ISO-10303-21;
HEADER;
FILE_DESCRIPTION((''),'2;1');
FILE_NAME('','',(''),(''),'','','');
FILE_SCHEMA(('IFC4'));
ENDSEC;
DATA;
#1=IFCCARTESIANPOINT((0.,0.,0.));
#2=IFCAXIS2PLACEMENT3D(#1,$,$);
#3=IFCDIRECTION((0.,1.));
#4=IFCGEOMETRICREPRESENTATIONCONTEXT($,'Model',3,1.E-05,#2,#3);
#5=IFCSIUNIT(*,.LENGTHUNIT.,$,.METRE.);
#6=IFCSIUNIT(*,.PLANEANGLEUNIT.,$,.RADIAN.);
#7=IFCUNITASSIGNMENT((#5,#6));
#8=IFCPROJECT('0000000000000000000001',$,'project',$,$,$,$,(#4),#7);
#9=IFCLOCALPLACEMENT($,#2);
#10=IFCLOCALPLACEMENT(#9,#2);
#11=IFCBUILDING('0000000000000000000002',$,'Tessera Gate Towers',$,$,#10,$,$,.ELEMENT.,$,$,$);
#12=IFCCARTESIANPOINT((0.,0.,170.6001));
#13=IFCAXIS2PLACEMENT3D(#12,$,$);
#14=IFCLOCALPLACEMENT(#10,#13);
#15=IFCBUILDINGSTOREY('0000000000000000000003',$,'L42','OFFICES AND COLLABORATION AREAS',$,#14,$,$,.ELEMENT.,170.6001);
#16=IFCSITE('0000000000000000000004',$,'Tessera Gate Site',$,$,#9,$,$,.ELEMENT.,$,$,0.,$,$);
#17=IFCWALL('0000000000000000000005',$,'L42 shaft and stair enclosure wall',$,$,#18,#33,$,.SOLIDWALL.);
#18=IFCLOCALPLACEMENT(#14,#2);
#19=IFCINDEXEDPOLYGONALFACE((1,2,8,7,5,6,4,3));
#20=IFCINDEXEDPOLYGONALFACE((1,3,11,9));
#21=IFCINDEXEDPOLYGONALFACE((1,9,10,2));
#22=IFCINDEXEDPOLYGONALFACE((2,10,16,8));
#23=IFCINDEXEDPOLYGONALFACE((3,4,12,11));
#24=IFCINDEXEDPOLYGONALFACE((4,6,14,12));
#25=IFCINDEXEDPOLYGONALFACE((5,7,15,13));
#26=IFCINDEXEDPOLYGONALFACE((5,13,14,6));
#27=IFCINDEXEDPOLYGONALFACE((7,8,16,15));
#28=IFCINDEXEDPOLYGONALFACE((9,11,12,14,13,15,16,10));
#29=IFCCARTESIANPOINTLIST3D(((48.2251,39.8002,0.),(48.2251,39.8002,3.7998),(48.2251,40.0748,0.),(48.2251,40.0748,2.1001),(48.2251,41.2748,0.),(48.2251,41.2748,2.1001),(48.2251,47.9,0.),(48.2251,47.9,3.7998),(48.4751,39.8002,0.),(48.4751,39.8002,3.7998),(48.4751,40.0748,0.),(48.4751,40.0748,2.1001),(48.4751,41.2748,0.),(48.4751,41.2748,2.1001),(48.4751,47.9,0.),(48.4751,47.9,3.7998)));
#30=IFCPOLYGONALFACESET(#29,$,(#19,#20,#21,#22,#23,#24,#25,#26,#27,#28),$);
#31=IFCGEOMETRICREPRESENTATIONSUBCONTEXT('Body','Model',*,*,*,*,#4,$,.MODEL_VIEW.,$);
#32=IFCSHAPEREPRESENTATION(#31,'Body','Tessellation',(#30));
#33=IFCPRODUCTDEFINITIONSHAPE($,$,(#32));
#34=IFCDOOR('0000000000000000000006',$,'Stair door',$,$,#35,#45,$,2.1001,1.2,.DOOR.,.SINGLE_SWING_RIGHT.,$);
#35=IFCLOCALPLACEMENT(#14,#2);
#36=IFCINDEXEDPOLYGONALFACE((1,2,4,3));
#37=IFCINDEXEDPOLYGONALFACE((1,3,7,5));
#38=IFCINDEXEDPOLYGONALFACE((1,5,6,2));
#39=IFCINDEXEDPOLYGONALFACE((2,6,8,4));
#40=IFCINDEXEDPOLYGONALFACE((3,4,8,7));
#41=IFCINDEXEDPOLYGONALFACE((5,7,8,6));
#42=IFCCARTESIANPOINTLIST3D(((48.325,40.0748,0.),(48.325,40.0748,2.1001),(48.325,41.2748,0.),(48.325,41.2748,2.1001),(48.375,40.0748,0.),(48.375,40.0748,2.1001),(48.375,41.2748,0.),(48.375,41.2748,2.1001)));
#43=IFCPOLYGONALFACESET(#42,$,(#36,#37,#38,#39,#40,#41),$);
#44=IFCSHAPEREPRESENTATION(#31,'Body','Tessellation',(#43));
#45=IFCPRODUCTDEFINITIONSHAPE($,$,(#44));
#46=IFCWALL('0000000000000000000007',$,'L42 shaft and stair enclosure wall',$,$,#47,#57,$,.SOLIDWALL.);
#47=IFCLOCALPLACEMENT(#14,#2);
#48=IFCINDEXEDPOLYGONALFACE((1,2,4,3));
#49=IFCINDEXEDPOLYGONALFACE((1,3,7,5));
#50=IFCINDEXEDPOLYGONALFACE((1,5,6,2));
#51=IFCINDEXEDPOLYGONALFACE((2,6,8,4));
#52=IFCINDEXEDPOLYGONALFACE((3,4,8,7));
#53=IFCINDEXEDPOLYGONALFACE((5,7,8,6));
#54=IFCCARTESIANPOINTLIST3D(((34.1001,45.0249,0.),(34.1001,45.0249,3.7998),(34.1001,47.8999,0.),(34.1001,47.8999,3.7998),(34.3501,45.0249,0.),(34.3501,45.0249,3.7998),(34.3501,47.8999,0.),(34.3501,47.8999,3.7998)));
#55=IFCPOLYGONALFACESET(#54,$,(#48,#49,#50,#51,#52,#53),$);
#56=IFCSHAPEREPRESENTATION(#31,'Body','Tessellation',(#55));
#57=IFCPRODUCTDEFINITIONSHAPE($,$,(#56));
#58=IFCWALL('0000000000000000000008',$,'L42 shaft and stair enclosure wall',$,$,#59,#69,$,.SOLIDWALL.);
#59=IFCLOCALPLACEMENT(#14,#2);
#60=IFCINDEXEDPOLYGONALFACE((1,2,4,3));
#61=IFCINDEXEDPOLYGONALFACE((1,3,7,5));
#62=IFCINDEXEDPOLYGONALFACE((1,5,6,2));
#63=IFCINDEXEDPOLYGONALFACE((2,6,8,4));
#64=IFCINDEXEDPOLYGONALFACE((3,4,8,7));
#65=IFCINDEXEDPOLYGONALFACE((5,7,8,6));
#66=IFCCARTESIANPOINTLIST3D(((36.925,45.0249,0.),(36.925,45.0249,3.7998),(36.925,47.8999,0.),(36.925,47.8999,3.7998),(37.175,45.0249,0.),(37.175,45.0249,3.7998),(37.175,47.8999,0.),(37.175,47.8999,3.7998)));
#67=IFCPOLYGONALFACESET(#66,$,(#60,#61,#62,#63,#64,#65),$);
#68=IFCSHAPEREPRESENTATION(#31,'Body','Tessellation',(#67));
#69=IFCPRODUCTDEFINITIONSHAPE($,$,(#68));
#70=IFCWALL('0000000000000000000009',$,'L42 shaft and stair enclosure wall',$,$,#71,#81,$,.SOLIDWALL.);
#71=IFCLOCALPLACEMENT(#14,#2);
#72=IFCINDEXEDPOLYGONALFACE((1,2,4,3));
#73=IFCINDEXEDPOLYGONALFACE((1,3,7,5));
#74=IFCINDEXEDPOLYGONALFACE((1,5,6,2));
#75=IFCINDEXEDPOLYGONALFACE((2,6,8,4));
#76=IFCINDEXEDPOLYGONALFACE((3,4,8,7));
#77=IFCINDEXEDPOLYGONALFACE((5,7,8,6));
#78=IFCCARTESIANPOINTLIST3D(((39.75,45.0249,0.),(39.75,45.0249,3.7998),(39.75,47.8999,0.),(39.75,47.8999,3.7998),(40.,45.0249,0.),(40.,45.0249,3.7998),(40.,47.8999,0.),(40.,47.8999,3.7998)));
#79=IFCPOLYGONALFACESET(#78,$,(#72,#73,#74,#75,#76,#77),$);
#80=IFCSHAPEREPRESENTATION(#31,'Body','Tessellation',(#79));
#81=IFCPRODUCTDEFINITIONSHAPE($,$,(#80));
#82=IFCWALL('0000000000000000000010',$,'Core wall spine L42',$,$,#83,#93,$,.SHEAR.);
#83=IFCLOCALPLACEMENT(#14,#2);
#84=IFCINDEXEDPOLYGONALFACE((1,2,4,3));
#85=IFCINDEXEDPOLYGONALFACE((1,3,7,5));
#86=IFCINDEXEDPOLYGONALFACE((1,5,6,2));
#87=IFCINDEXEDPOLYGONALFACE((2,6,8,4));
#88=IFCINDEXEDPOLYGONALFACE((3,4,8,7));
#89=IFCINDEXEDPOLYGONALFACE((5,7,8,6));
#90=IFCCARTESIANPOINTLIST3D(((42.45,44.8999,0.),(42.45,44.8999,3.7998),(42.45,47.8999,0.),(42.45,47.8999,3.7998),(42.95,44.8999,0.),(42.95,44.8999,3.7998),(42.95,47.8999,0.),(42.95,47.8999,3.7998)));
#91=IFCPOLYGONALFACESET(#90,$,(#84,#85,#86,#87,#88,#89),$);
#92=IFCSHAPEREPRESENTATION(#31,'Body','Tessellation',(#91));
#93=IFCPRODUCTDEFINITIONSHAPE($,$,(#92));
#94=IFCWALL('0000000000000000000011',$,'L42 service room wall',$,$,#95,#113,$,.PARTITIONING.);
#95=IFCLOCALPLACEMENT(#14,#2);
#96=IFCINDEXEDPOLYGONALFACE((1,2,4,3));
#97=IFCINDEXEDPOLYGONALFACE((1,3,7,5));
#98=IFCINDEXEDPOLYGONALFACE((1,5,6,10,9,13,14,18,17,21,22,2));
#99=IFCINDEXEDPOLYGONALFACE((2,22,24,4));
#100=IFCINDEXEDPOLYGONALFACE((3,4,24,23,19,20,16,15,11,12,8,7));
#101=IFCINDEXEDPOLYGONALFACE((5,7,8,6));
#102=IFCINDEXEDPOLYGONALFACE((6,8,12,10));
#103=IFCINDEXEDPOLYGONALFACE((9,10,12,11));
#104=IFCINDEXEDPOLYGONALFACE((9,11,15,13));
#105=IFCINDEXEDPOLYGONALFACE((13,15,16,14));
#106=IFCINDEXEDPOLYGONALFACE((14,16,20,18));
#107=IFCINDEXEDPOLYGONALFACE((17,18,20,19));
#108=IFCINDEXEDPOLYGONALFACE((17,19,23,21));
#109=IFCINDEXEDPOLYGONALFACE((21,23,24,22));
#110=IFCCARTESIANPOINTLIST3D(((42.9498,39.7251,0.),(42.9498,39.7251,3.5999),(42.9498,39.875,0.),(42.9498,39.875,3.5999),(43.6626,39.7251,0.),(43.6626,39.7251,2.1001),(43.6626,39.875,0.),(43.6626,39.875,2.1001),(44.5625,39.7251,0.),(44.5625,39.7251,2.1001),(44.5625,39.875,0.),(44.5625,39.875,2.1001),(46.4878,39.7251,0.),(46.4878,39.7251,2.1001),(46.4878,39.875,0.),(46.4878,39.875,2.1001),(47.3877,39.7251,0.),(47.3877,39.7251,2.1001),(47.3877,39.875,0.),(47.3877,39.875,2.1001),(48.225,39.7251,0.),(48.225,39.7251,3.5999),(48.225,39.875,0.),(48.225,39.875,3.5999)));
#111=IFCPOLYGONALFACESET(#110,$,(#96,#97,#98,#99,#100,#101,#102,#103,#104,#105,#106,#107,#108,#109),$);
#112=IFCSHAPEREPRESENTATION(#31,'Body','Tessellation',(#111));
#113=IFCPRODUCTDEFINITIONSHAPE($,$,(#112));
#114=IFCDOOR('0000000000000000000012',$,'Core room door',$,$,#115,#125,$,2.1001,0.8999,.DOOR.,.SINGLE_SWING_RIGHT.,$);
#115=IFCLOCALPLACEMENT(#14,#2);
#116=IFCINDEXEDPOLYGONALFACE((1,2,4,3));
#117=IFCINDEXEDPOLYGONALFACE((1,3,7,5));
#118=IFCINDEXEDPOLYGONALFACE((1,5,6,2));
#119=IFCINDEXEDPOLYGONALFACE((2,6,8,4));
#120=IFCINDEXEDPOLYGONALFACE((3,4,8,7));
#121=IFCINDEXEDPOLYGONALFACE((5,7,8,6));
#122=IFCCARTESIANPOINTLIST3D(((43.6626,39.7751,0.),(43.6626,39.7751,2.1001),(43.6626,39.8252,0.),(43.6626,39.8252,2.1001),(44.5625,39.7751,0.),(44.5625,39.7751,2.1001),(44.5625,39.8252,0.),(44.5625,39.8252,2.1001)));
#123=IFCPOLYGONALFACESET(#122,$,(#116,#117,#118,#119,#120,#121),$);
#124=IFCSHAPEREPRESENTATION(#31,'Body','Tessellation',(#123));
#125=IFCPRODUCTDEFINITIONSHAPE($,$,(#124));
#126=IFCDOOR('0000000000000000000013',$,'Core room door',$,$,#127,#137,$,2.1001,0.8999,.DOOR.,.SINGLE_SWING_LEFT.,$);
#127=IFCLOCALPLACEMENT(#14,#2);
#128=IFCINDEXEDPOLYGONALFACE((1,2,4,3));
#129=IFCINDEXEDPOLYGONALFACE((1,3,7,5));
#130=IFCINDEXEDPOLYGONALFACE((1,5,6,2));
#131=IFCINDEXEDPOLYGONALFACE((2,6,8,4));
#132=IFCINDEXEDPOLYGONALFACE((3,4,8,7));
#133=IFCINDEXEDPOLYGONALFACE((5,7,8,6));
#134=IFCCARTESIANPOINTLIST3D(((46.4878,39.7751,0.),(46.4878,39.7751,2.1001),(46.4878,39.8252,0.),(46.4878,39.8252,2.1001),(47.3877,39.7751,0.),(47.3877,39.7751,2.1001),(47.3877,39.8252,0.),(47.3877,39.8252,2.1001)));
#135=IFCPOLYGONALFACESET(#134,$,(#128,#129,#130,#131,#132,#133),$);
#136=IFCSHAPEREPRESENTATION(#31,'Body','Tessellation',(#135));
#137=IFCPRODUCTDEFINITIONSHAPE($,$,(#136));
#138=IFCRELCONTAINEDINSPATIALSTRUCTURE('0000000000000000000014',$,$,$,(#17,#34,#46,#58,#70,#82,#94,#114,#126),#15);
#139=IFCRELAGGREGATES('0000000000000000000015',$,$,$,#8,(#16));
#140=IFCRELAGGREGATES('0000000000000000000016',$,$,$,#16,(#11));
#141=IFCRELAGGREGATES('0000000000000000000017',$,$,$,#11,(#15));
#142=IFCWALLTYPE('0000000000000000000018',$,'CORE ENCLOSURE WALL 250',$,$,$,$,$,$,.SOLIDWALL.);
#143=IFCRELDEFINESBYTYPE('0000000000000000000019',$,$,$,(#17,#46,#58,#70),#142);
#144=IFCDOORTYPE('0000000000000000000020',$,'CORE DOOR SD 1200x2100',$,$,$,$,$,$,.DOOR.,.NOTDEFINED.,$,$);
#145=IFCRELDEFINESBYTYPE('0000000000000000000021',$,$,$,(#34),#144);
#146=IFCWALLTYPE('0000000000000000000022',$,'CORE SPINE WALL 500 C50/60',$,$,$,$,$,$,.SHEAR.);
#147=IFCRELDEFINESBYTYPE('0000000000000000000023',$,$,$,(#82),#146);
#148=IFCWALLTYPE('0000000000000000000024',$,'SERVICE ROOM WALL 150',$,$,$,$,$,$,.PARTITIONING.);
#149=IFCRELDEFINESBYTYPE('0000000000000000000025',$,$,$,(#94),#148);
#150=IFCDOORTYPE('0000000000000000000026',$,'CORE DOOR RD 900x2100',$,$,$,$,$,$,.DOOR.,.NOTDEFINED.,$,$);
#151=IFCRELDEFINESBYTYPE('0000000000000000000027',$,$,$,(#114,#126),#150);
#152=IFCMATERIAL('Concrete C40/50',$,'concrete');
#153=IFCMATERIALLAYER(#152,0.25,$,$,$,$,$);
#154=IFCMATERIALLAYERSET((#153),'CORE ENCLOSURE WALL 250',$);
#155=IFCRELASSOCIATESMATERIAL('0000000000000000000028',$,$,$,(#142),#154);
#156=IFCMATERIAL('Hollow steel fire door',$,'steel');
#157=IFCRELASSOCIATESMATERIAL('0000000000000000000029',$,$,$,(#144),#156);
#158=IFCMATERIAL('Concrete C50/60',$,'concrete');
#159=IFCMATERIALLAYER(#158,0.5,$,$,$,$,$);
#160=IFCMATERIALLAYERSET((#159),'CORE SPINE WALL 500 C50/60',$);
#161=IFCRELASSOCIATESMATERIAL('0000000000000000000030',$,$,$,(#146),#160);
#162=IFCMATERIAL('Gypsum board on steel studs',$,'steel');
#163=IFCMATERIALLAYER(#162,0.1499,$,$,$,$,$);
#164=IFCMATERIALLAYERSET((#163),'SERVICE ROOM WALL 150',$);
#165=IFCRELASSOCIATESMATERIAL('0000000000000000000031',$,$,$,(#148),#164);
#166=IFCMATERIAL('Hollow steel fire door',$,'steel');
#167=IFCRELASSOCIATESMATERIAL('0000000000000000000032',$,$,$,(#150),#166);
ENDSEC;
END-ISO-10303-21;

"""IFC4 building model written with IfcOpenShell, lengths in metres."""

from ifc_helpers import new_model, si_unit, direction, frame, frame_2d, origin, place, context, subcontext, project, spatial, rectangle, extrude, source, transform, mapped, material, layer, layer_set, type_object, element, fill, save


model = new_model("IFC4")

# Units and contexts
model_context = context("Model", 3, precision=1e-05, world=origin(), true_north=direction((0.0, 1.0)))
body_context = subcontext(model_context, "Body", "Model", "MODEL_VIEW")
ifc_project = project(units=[si_unit("LENGTHUNIT", "METRE"), si_unit("PLANEANGLEUNIT", "RADIAN")], contexts=[model_context])

# Site, building, storey
site_placement = place(None, origin())
site = spatial("IfcSite", under=ifc_project, at=site_placement, Name="Tessera Gate Site", CompositionType="ELEMENT", RefElevation=0.0)
building_placement = place(site_placement, origin())
building = spatial("IfcBuilding", under=site, at=building_placement, Name="Tessera Gate Towers", CompositionType="ELEMENT")
storey_placement = place(building_placement, frame((0.0, 0.0, 170.6001)))
storey = spatial("IfcBuildingStorey", under=building, at=storey_placement, Name="L42", Description="OFFICES AND COLLABORATION AREAS", CompositionType="ELEMENT", Elevation=170.6001)

# Shared definitions
ifc_material_1 = material(Name="Concrete C40/50", Category="concrete")
ifc_layer_1 = layer(ifc_material_1, 0.25)
ifc_layer_set_1 = layer_set([ifc_layer_1], Name="CORE ENCLOSURE WALL 250")
wall_type_1 = type_object("IfcWallType", Name="CORE ENCLOSURE WALL 250", PredefinedType="SOLIDWALL", material=ifc_layer_set_1)

# Wall, opening, door
wall_1_placement = place(storey_placement, frame((48.3501, 47.8999, 0.0), z_axis=(0.0, 0.0, 1.0), x_axis=(0.0, -1.0, 0.0)))
wall_1 = element("IfcWall", 1, at=wall_1_placement, inside=storey, type_object=wall_type_1, Name="L42 shaft and stair enclosure wall", PredefinedType="SOLIDWALL", context=body_context, shape_type="SweptSolid", body=[
    extrude(rectangle(XDim=8.0999, YDim=0.25, at=frame_2d((4.0498, 0.0))), origin(), (0.0, 0.0, 1.0), 3.7998),
])
shared_shape_1 = source(origin(), body_context, "Body", "SweptSolid", [
    extrude(rectangle(XDim=1.2, YDim=2.1001, at=frame_2d((0.6001, 1.05))), frame((0.0, 0.135, 0.0), z_axis=(0.0, -1.0, 0.0), x_axis=(1.0, 0.0, 0.0)), (0.0, 0.0, 1.0), 0.27),
])
opening_1_placement = place(wall_1_placement, frame((6.625, 0.0, 0.0)))
opening_1 = element("IfcOpeningElement", 2, at=opening_1_placement, cuts=wall_1, PredefinedType="OPENING", context=body_context, shape_type="MappedRepresentation", body=[
    mapped(shared_shape_1, transform((0.0, 0.0, 0.0), scale=1.0)),
])
ifc_material_2 = material(Name="Hollow steel fire door", Category="steel")
door_type_1 = type_object("IfcDoorType", Name="CORE DOOR SD 1200x2100", OperationType="NOTDEFINED", PredefinedType="DOOR", material=ifc_material_2)
shared_shape_2 = source(origin(), body_context, "Body", "SweptSolid", [
    extrude(rectangle(XDim=1.2, YDim=2.1001, at=frame_2d((0.6001, 1.05))), frame((0.0, 0.0249, 0.0), z_axis=(0.0, -1.0, 0.0), x_axis=(1.0, 0.0, 0.0)), (0.0, 0.0, 1.0), 0.05),
])
door_1_placement = place(opening_1_placement, origin())
door_1 = element("IfcDoor", 3, at=door_1_placement, inside=storey, type_object=door_type_1, Name="Stair door", OperationType="SINGLE_SWING_RIGHT", OverallHeight=2.1001, OverallWidth=1.2, PredefinedType="DOOR", context=body_context, shape_type="MappedRepresentation", body=[
    mapped(shared_shape_2, transform((0.0, 0.0, 0.0), scale=1.0)),
])
fill(opening_1, door_1)

# Walls
for number, where, z_axis, x_axis, name in (
    (4, (34.2251, 45.0249, 0.0), (0.0, 0.0, 1.0), (0.0, 1.0, 0.0), "L42 shaft and stair enclosure wall"),
    (5, (37.05, 45.0249, 0.0), (0.0, 0.0, 1.0), (0.0, 1.0, 0.0), "L42 shaft and stair enclosure wall"),
    (6, (39.875, 45.0249, 0.0), (0.0, 0.0, 1.0), (0.0, 1.0, 0.0), "L42 shaft and stair enclosure wall"),
):
    element("IfcWall", number, at=place(storey_placement, frame(where, z_axis=z_axis, x_axis=x_axis)), inside=storey, type_object=wall_type_1, Name=name, PredefinedType="SOLIDWALL", context=body_context, shape_type="SweptSolid", body=[
        extrude(rectangle(XDim=2.875, YDim=0.25, at=frame_2d((1.4375, 0.0))), origin(), (0.0, 0.0, 1.0), 3.7998),
    ])
ifc_material_3 = material(Name="Concrete C50/60", Category="concrete")
ifc_layer_2 = layer(ifc_material_3, 0.5)
ifc_layer_set_2 = layer_set([ifc_layer_2], Name="CORE SPINE WALL 500 C50/60")
wall_type_2 = type_object("IfcWallType", Name="CORE SPINE WALL 500 C50/60", PredefinedType="SHEAR", material=ifc_layer_set_2)
wall_2_placement = place(storey_placement, frame((42.7, 44.8999, 0.0), z_axis=(0.0, 0.0, 1.0), x_axis=(0.0, 1.0, 0.0)))
element("IfcWall", 7, at=wall_2_placement, inside=storey, type_object=wall_type_2, Name="Core wall spine L42", PredefinedType="SHEAR", context=body_context, shape_type="SweptSolid", body=[
    extrude(rectangle(XDim=3.0, YDim=0.5, at=frame_2d((1.5, 0.0))), origin(), (0.0, 0.0, 1.0), 3.7998),
])

# Wall, openings, doors
ifc_material_4 = material(Name="Gypsum board on steel studs", Category="steel")
ifc_layer_3 = layer(ifc_material_4, 0.1499)
ifc_layer_set_3 = layer_set([ifc_layer_3], Name="SERVICE ROOM WALL 150")
wall_type_3 = type_object("IfcWallType", Name="SERVICE ROOM WALL 150", PredefinedType="PARTITIONING", material=ifc_layer_set_3)
wall_3_placement = place(storey_placement, frame((48.2251, 39.8, 0.0), z_axis=(0.0, 0.0, 1.0), x_axis=(-1.0, 0.0, 0.0)))
wall_3 = element("IfcWall", 8, at=wall_3_placement, inside=storey, type_object=wall_type_3, Name="L42 service room wall", PredefinedType="PARTITIONING", context=body_context, shape_type="SweptSolid", body=[
    extrude(rectangle(XDim=5.2751, YDim=0.1499, at=frame_2d((2.6377, 0.0))), origin(), (0.0, 0.0, 1.0), 3.5999),
])
shared_shape_3 = source(origin(), body_context, "Body", "SweptSolid", [
    extrude(rectangle(XDim=0.8999, YDim=2.1001, at=frame_2d((0.45, 1.05))), frame((0.0, 0.085, 0.0), z_axis=(0.0, -1.0, 0.0), x_axis=(1.0, 0.0, 0.0)), (0.0, 0.0, 1.0), 0.1699),
])
opening_2_placement = place(wall_3_placement, frame((3.6626, 0.0, 0.0)))
opening_2 = element("IfcOpeningElement", 9, at=opening_2_placement, cuts=wall_3, PredefinedType="OPENING", context=body_context, shape_type="MappedRepresentation", body=[
    mapped(shared_shape_3, transform((0.0, 0.0, 0.0), scale=1.0)),
])
opening_3_placement = place(wall_3_placement, frame((0.8374, 0.0, 0.0)))
opening_3 = element("IfcOpeningElement", 10, at=opening_3_placement, cuts=wall_3, PredefinedType="OPENING", context=body_context, shape_type="MappedRepresentation", body=[
    mapped(shared_shape_3, transform((0.0, 0.0, 0.0), scale=1.0)),
])
ifc_material_5 = material(Name="Hollow steel fire door", Category="steel")
door_type_2 = type_object("IfcDoorType", Name="CORE DOOR RD 900x2100", OperationType="NOTDEFINED", PredefinedType="DOOR", material=ifc_material_5)
shared_shape_4 = source(origin(), body_context, "Body", "SweptSolid", [
    extrude(rectangle(XDim=0.8999, YDim=2.1001, at=frame_2d((0.45, 1.05))), frame((0.0, 0.0249, 0.0), z_axis=(0.0, -1.0, 0.0), x_axis=(1.0, 0.0, 0.0)), (0.0, 0.0, 1.0), 0.05),
])
door_2_placement = place(opening_2_placement, origin())
door_2 = element("IfcDoor", 11, at=door_2_placement, inside=storey, type_object=door_type_2, Name="Core room door", OperationType="SINGLE_SWING_RIGHT", OverallHeight=2.1001, OverallWidth=0.8999, PredefinedType="DOOR", context=body_context, shape_type="MappedRepresentation", body=[
    mapped(shared_shape_4, transform((0.0, 0.0, 0.0), scale=1.0)),
])
fill(opening_2, door_2)
door_3_placement = place(opening_3_placement, origin())
door_3 = element("IfcDoor", 12, at=door_3_placement, inside=storey, type_object=door_type_2, Name="Core room door", OperationType="SINGLE_SWING_LEFT", OverallHeight=2.1001, OverallWidth=0.8999, PredefinedType="DOOR", context=body_context, shape_type="MappedRepresentation", body=[
    mapped(shared_shape_4, transform((0.0, 0.0, 0.0), scale=1.0)),
])
fill(opening_3, door_3)

save(model, "model.ifc")
